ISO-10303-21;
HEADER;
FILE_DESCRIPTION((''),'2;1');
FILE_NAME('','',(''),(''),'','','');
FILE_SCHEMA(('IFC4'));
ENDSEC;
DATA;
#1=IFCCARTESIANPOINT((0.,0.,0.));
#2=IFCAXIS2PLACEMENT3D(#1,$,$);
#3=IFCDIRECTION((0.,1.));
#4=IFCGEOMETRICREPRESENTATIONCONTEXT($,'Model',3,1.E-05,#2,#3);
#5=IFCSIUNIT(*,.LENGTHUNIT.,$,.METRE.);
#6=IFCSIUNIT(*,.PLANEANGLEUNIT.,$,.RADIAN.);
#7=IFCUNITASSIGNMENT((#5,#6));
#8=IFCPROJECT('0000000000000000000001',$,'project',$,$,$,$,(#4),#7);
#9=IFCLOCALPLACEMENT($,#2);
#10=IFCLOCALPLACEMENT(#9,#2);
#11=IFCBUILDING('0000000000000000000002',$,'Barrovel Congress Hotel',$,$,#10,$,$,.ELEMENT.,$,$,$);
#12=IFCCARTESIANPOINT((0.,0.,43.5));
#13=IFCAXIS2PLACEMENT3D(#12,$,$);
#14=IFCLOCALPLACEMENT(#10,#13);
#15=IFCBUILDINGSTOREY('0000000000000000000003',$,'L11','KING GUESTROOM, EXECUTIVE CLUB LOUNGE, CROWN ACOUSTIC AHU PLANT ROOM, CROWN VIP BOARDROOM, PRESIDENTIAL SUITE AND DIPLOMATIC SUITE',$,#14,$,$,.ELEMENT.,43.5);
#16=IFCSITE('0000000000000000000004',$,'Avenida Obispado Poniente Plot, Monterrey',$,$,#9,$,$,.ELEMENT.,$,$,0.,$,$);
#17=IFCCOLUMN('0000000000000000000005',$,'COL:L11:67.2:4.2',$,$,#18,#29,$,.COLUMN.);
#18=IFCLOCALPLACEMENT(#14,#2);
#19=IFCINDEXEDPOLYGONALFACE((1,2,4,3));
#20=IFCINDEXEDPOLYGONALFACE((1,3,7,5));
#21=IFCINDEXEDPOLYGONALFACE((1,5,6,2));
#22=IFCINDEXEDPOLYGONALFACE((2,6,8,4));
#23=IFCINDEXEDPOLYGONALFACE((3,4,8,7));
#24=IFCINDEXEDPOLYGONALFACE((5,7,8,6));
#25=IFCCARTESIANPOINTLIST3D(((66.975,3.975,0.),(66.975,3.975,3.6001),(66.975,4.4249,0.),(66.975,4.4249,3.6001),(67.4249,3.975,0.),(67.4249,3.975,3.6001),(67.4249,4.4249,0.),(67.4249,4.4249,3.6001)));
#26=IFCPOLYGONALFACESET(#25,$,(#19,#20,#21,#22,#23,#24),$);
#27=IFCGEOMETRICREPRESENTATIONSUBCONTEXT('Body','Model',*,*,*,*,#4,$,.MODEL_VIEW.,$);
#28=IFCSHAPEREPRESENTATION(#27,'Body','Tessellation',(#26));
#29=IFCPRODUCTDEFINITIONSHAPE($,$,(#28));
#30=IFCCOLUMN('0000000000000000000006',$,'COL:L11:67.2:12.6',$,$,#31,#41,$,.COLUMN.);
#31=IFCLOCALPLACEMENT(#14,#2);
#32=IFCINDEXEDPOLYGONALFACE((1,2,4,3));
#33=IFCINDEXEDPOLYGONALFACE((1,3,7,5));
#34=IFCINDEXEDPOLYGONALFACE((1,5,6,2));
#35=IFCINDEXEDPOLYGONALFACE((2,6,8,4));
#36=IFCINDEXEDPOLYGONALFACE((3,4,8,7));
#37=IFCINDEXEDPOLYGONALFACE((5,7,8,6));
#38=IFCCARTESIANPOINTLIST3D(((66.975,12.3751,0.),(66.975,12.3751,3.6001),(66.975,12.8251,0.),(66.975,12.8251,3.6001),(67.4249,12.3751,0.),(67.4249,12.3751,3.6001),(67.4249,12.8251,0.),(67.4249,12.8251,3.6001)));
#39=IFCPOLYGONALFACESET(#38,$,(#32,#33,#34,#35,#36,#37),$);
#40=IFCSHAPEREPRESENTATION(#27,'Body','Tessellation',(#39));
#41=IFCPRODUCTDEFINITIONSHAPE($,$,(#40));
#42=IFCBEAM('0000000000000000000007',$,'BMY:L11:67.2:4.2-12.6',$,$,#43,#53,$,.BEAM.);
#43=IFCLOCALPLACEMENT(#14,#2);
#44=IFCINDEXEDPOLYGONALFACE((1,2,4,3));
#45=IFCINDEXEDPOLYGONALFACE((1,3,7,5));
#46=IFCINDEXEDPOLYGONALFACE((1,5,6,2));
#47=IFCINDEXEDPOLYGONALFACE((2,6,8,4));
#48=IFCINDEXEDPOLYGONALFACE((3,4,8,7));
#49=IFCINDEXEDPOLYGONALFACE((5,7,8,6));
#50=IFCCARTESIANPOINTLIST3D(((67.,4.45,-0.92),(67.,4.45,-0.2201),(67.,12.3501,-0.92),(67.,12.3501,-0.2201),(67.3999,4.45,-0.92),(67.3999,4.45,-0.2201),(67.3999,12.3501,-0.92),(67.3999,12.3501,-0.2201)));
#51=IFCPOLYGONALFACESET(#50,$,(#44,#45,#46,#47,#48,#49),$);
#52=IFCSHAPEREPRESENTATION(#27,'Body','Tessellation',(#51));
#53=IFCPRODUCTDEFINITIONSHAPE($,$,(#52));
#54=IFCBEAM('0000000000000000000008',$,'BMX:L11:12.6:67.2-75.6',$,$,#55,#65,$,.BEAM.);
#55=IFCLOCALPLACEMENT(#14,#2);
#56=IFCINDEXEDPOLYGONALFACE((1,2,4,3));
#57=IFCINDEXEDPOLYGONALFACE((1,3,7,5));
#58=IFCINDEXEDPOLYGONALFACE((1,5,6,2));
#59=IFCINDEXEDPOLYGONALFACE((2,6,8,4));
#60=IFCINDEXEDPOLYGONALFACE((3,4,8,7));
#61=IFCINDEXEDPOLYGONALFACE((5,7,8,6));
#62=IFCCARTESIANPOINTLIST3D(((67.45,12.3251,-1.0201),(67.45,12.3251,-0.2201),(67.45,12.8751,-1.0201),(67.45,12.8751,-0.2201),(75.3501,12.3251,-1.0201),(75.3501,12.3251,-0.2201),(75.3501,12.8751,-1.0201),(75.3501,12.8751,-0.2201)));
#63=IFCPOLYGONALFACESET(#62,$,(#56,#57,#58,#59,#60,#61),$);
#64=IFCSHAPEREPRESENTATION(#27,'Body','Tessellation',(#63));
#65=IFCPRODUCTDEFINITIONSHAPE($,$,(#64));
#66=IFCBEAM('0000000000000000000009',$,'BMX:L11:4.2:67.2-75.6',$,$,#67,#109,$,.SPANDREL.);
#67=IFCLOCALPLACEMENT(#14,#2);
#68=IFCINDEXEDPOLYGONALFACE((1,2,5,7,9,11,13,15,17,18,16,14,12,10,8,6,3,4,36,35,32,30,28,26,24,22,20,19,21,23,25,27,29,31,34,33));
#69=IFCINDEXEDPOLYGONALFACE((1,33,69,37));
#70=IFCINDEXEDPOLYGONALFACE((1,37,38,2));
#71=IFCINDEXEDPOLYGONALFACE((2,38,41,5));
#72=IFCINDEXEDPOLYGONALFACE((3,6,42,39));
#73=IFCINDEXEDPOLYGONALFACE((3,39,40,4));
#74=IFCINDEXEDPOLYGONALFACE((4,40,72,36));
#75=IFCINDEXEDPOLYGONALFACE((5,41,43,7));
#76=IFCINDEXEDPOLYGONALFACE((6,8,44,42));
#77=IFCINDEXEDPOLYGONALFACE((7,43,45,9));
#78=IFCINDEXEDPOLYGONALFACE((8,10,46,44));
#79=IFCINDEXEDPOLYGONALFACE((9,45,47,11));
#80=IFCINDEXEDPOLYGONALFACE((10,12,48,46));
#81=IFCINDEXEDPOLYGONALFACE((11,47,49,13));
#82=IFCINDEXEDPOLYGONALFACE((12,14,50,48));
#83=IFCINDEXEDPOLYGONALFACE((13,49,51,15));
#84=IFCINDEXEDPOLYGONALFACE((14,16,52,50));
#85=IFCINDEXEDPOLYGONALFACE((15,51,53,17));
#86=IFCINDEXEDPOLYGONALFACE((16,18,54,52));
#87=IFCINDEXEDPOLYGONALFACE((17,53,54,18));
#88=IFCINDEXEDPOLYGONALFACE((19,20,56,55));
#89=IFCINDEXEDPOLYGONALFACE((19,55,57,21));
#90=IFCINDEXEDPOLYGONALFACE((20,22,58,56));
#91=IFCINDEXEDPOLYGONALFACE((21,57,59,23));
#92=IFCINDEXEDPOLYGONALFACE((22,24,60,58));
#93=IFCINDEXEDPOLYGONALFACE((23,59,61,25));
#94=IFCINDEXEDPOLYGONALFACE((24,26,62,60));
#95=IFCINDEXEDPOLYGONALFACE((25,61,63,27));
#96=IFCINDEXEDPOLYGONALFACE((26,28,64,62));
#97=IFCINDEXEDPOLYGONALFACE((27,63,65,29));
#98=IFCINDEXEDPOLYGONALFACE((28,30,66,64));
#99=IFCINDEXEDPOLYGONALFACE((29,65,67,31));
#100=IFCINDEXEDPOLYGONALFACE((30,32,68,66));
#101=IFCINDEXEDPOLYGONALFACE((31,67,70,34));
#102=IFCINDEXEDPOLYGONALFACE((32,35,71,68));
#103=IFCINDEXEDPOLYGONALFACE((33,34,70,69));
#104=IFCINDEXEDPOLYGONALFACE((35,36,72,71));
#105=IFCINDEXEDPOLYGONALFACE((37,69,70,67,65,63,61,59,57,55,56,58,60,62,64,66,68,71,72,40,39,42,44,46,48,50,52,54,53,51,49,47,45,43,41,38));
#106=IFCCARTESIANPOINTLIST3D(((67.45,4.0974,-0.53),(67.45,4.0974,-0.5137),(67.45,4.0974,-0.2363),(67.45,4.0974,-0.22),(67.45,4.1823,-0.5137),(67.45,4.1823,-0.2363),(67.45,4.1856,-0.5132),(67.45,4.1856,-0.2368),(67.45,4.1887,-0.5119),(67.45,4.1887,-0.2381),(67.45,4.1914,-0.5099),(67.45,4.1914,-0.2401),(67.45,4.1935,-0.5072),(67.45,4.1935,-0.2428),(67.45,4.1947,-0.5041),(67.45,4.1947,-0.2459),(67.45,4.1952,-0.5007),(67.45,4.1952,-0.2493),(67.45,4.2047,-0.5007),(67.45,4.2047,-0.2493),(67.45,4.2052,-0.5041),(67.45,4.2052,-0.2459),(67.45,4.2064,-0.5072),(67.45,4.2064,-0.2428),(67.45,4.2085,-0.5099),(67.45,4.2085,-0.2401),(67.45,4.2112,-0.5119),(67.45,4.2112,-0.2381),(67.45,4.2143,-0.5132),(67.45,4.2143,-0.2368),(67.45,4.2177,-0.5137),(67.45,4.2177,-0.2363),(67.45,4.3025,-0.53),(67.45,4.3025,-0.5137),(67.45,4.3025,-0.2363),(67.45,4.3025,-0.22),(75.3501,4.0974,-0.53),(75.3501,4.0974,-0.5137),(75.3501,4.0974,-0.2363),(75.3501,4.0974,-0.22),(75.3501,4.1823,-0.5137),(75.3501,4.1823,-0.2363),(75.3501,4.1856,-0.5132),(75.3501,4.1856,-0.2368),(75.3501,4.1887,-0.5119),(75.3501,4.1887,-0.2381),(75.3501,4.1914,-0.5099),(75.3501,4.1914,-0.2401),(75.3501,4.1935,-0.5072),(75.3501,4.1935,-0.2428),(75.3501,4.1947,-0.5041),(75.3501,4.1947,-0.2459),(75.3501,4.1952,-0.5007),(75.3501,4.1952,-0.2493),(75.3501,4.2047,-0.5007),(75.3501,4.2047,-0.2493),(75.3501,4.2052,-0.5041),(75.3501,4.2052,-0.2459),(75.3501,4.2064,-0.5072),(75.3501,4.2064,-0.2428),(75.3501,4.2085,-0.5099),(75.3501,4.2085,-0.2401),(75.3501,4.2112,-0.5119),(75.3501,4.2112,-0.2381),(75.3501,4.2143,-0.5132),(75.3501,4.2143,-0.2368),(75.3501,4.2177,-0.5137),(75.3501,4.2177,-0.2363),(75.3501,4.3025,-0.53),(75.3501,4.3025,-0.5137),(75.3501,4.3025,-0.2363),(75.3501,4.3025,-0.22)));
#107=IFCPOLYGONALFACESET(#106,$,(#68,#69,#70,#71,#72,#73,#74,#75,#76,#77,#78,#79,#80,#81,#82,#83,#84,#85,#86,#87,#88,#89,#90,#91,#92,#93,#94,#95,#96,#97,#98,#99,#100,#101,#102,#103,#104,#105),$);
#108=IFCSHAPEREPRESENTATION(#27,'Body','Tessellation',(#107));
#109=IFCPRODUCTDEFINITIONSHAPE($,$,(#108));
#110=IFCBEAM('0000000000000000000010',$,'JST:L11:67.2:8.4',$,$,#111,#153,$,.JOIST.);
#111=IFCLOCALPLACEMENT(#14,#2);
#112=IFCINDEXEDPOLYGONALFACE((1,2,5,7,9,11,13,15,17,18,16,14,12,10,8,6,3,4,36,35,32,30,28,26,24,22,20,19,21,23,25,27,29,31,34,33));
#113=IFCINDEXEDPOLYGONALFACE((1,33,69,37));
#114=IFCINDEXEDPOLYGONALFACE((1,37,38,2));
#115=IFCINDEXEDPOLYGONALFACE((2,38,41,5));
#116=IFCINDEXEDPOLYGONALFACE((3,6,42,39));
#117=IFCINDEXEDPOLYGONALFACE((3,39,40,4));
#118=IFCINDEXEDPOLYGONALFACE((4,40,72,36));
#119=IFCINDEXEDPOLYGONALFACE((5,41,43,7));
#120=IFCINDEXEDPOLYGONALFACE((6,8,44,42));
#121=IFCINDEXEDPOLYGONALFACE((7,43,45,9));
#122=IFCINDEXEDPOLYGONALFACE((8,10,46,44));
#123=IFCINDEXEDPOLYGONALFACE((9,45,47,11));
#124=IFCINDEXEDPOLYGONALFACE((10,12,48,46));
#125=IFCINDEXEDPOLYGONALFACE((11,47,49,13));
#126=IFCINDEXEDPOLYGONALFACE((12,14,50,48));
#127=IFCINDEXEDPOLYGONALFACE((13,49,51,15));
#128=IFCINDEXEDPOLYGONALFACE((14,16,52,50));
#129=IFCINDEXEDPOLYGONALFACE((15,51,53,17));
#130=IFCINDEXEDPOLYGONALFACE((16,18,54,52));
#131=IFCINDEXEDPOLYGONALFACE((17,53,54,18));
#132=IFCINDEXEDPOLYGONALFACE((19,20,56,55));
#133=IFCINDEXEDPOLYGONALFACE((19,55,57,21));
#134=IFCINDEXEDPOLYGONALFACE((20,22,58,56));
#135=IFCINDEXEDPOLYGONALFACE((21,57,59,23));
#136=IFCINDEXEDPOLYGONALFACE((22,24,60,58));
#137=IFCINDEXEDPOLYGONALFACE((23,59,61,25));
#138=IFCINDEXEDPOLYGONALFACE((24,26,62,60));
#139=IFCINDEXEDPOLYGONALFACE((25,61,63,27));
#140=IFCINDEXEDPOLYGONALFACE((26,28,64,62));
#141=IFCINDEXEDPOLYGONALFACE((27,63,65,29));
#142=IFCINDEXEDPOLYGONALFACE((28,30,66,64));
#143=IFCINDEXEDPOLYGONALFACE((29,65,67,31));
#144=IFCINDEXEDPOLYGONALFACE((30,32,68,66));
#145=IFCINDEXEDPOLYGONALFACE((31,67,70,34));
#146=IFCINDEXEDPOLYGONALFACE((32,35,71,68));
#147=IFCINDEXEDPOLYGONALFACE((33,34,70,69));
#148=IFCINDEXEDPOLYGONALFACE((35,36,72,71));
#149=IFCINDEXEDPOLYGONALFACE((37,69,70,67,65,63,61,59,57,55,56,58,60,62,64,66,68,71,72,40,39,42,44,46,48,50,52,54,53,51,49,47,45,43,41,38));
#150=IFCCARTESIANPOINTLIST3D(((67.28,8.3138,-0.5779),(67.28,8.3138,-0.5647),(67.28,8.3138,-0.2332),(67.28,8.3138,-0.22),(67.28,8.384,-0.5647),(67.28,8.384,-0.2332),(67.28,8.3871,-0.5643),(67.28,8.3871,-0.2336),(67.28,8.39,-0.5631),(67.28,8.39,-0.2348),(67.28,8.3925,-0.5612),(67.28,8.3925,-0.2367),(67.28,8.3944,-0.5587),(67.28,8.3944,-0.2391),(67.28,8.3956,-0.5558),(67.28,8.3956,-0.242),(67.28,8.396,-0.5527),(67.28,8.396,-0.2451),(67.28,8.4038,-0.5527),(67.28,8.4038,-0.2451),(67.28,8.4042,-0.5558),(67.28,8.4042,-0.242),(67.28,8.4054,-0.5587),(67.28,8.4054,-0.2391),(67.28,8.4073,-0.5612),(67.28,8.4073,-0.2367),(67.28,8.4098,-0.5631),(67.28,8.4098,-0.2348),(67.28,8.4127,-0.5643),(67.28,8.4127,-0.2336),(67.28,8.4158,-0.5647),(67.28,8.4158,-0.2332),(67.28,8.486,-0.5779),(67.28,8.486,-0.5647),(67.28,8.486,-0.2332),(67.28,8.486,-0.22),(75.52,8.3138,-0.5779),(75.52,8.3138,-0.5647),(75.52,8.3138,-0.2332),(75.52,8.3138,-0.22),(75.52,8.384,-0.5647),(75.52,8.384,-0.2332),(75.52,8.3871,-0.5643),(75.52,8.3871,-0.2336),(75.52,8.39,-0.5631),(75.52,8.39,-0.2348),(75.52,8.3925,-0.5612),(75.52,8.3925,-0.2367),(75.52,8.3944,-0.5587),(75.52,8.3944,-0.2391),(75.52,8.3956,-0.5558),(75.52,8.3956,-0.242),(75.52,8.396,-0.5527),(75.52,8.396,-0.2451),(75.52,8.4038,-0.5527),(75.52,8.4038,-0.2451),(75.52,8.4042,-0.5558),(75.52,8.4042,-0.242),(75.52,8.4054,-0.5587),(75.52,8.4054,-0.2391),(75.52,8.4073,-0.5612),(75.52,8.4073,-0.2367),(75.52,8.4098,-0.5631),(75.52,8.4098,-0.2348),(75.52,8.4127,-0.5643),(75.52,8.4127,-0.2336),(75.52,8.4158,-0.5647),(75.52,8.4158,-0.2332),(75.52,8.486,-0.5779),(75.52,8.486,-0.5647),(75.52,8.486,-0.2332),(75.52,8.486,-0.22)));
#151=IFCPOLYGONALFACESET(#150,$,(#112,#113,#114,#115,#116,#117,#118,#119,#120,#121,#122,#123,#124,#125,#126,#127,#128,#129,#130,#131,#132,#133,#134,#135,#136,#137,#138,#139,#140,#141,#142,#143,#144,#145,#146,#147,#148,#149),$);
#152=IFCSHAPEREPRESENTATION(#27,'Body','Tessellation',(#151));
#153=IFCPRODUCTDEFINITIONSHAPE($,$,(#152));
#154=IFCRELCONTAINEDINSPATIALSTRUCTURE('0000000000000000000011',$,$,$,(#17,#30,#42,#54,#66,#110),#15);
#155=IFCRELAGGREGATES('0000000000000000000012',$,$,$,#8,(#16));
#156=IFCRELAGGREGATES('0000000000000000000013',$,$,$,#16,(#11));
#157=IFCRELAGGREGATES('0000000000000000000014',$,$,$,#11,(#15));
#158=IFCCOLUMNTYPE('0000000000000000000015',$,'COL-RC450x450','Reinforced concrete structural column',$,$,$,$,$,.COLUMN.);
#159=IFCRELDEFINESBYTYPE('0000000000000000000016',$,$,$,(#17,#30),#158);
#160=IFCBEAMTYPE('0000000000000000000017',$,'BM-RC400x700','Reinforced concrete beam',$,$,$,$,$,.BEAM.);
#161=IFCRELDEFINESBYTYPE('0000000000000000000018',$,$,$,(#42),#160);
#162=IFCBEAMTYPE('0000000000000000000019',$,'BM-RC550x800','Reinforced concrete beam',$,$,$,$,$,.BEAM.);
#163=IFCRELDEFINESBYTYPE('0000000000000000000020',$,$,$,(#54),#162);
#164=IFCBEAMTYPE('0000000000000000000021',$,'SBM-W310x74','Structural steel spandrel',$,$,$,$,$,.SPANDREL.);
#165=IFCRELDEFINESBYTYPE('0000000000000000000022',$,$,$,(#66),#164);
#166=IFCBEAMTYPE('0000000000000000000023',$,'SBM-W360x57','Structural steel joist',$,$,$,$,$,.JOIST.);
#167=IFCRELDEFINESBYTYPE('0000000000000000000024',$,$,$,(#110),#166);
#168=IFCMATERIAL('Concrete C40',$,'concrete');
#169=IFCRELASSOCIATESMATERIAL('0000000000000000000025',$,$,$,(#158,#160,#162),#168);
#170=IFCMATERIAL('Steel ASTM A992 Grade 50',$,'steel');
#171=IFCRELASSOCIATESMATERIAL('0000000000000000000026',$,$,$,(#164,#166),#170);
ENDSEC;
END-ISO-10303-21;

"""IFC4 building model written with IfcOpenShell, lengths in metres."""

from ifc_helpers import new_model, si_unit, direction, frame, origin, origin_2d, place, context, subcontext, project, spatial, rectangle, i_section, extrude, material, material_profile, profile_set, type_object, element, save


model = new_model("IFC4")

# Units and contexts
model_context = context("Model", 3, precision=1e-05, world=origin(), true_north=direction((0.0, 1.0)))
body_context = subcontext(model_context, "Body", "Model", "MODEL_VIEW")
ifc_project = project(units=[si_unit("LENGTHUNIT", "METRE"), si_unit("PLANEANGLEUNIT", "RADIAN")], contexts=[model_context])

# Site, building, storey
site_placement = place(None, origin())
site = spatial("IfcSite", under=ifc_project, at=site_placement, Name="Avenida Obispado Poniente Plot, Monterrey", CompositionType="ELEMENT", RefElevation=0.0)
building_placement = place(site_placement, origin())
building = spatial("IfcBuilding", under=site, at=building_placement, Name="Barrovel Congress Hotel", CompositionType="ELEMENT")
storey_placement = place(building_placement, frame((0.0, 0.0, 43.5)))
storey = spatial("IfcBuildingStorey", under=building, at=storey_placement, Name="L11", Description="KING GUESTROOM, EXECUTIVE CLUB LOUNGE, CROWN ACOUSTIC AHU PLANT ROOM, CROWN VIP BOARDROOM, PRESIDENTIAL SUITE AND DIPLOMATIC SUITE", CompositionType="ELEMENT", Elevation=43.5)

# Columns
ifc_material_1 = material(Name="Concrete C40", Category="concrete")
ifc_material_profile_1 = material_profile(ifc_material_1, rectangle(XDim=0.45, YDim=0.45, at=origin_2d()), Name="RC450x450")
ifc_profile_set_1 = profile_set([ifc_material_profile_1], Name="Concrete C40")
column_type = type_object("IfcColumnType", Name="COL-RC450x450", Description="Reinforced concrete structural column", PredefinedType="COLUMN", material=ifc_profile_set_1)
for number, where, z_axis, x_axis, name in (
    (1, (67.2, 4.2, 0.0), (0.0, 0.0, 1.0), (1.0, 0.0, 0.0), "COL:L11:67.2:4.2"),
    (2, (67.2, 12.6001, 0.0), (0.0, 0.0, 1.0), (1.0, 0.0, 0.0), "COL:L11:67.2:12.6"),
):
    element("IfcColumn", number, at=place(storey_placement, frame(where, z_axis=z_axis, x_axis=x_axis)), inside=storey, type_object=column_type, Name=name, PredefinedType="COLUMN", context=body_context, shape_type="SweptSolid", body=[
        extrude(rectangle(XDim=0.45, YDim=0.45, at=origin_2d()), origin(), (0.0, 0.0, 1.0), 3.6001),
    ])

# Beams
ifc_material_profile_2 = material_profile(ifc_material_1, rectangle(XDim=0.3999, YDim=0.7, at=origin_2d()), Name="RC400x700")
ifc_profile_set_2 = profile_set([ifc_material_profile_2], Name="Concrete C40")
beam_type_1 = type_object("IfcBeamType", Name="BM-RC400x700", Description="Reinforced concrete beam", PredefinedType="BEAM", material=ifc_profile_set_2)
beam_1_placement = place(storey_placement, frame((67.2, 4.45, -0.5701), z_axis=(0.0, 1.0, 0.0), x_axis=(-1.0, 0.0, 0.0)))
element("IfcBeam", 3, at=beam_1_placement, inside=storey, type_object=beam_type_1, Name="BMY:L11:67.2:4.2-12.6", PredefinedType="BEAM", context=body_context, shape_type="SweptSolid", body=[
    extrude(rectangle(XDim=0.3999, YDim=0.7, at=origin_2d()), origin(), (0.0, 0.0, 1.0), 7.9001),
])
ifc_material_profile_3 = material_profile(ifc_material_1, rectangle(XDim=0.55, YDim=0.8, at=origin_2d()), Name="RC550x800")
ifc_profile_set_3 = profile_set([ifc_material_profile_3], Name="Concrete C40")
beam_type_2 = type_object("IfcBeamType", Name="BM-RC550x800", Description="Reinforced concrete beam", PredefinedType="BEAM", material=ifc_profile_set_3)
beam_2_placement = place(storey_placement, frame((67.45, 12.6001, -0.6201), z_axis=(1.0, 0.0, 0.0), x_axis=(0.0, 1.0, 0.0)))
element("IfcBeam", 4, at=beam_2_placement, inside=storey, type_object=beam_type_2, Name="BMX:L11:12.6:67.2-75.6", PredefinedType="BEAM", context=body_context, shape_type="SweptSolid", body=[
    extrude(rectangle(XDim=0.55, YDim=0.8, at=origin_2d()), origin(), (0.0, 0.0, 1.0), 7.9001),
])
ifc_material_2 = material(Name="Steel ASTM A992 Grade 50", Category="steel")
ifc_material_profile_4 = material_profile(ifc_material_2, i_section(OverallWidth=0.2051, OverallDepth=0.3101, WebThickness=0.0095, FlangeThickness=0.0164, FilletRadius=0.0129, at=origin_2d()), Name="W310x74")
ifc_profile_set_4 = profile_set([ifc_material_profile_4], Name="Steel ASTM A992 Grade 50")
beam_type_3 = type_object("IfcBeamType", Name="SBM-W310x74", Description="Structural steel spandrel", PredefinedType="SPANDREL", material=ifc_profile_set_4)
beam_3_placement = place(storey_placement, frame((67.45, 4.2, -0.375), z_axis=(1.0, 0.0, 0.0), x_axis=(0.0, 1.0, 0.0)))
element("IfcBeam", 5, at=beam_3_placement, inside=storey, type_object=beam_type_3, Name="BMX:L11:4.2:67.2-75.6", PredefinedType="SPANDREL", context=body_context, shape_type="SweptSolid", body=[
    extrude(i_section(OverallWidth=0.2051, OverallDepth=0.3101, WebThickness=0.0095, FlangeThickness=0.0164, FilletRadius=0.0129, at=origin_2d()), origin(), (0.0, 0.0, 1.0), 7.9001),
])
ifc_material_profile_5 = material_profile(ifc_material_2, i_section(OverallWidth=0.1721, OverallDepth=0.3579, WebThickness=0.0078, FlangeThickness=0.0132, FilletRadius=0.012, at=origin_2d()), Name="W360x57")
ifc_profile_set_5 = profile_set([ifc_material_profile_5], Name="Steel ASTM A992 Grade 50")
beam_type_4 = type_object("IfcBeamType", Name="SBM-W360x57", Description="Structural steel joist", PredefinedType="JOIST", material=ifc_profile_set_5)
beam_4_placement = place(storey_placement, frame((67.28, 8.3999, -0.3989), z_axis=(1.0, 0.0, 0.0), x_axis=(0.0, 1.0, 0.0)))
element("IfcBeam", 6, at=beam_4_placement, inside=storey, type_object=beam_type_4, Name="JST:L11:67.2:8.4", PredefinedType="JOIST", context=body_context, shape_type="SweptSolid", body=[
    extrude(i_section(OverallWidth=0.1721, OverallDepth=0.3579, WebThickness=0.0078, FlangeThickness=0.0132, FilletRadius=0.012, at=origin_2d()), origin(), (0.0, 0.0, 1.0), 8.24),
])

save(model, "model.ifc")
